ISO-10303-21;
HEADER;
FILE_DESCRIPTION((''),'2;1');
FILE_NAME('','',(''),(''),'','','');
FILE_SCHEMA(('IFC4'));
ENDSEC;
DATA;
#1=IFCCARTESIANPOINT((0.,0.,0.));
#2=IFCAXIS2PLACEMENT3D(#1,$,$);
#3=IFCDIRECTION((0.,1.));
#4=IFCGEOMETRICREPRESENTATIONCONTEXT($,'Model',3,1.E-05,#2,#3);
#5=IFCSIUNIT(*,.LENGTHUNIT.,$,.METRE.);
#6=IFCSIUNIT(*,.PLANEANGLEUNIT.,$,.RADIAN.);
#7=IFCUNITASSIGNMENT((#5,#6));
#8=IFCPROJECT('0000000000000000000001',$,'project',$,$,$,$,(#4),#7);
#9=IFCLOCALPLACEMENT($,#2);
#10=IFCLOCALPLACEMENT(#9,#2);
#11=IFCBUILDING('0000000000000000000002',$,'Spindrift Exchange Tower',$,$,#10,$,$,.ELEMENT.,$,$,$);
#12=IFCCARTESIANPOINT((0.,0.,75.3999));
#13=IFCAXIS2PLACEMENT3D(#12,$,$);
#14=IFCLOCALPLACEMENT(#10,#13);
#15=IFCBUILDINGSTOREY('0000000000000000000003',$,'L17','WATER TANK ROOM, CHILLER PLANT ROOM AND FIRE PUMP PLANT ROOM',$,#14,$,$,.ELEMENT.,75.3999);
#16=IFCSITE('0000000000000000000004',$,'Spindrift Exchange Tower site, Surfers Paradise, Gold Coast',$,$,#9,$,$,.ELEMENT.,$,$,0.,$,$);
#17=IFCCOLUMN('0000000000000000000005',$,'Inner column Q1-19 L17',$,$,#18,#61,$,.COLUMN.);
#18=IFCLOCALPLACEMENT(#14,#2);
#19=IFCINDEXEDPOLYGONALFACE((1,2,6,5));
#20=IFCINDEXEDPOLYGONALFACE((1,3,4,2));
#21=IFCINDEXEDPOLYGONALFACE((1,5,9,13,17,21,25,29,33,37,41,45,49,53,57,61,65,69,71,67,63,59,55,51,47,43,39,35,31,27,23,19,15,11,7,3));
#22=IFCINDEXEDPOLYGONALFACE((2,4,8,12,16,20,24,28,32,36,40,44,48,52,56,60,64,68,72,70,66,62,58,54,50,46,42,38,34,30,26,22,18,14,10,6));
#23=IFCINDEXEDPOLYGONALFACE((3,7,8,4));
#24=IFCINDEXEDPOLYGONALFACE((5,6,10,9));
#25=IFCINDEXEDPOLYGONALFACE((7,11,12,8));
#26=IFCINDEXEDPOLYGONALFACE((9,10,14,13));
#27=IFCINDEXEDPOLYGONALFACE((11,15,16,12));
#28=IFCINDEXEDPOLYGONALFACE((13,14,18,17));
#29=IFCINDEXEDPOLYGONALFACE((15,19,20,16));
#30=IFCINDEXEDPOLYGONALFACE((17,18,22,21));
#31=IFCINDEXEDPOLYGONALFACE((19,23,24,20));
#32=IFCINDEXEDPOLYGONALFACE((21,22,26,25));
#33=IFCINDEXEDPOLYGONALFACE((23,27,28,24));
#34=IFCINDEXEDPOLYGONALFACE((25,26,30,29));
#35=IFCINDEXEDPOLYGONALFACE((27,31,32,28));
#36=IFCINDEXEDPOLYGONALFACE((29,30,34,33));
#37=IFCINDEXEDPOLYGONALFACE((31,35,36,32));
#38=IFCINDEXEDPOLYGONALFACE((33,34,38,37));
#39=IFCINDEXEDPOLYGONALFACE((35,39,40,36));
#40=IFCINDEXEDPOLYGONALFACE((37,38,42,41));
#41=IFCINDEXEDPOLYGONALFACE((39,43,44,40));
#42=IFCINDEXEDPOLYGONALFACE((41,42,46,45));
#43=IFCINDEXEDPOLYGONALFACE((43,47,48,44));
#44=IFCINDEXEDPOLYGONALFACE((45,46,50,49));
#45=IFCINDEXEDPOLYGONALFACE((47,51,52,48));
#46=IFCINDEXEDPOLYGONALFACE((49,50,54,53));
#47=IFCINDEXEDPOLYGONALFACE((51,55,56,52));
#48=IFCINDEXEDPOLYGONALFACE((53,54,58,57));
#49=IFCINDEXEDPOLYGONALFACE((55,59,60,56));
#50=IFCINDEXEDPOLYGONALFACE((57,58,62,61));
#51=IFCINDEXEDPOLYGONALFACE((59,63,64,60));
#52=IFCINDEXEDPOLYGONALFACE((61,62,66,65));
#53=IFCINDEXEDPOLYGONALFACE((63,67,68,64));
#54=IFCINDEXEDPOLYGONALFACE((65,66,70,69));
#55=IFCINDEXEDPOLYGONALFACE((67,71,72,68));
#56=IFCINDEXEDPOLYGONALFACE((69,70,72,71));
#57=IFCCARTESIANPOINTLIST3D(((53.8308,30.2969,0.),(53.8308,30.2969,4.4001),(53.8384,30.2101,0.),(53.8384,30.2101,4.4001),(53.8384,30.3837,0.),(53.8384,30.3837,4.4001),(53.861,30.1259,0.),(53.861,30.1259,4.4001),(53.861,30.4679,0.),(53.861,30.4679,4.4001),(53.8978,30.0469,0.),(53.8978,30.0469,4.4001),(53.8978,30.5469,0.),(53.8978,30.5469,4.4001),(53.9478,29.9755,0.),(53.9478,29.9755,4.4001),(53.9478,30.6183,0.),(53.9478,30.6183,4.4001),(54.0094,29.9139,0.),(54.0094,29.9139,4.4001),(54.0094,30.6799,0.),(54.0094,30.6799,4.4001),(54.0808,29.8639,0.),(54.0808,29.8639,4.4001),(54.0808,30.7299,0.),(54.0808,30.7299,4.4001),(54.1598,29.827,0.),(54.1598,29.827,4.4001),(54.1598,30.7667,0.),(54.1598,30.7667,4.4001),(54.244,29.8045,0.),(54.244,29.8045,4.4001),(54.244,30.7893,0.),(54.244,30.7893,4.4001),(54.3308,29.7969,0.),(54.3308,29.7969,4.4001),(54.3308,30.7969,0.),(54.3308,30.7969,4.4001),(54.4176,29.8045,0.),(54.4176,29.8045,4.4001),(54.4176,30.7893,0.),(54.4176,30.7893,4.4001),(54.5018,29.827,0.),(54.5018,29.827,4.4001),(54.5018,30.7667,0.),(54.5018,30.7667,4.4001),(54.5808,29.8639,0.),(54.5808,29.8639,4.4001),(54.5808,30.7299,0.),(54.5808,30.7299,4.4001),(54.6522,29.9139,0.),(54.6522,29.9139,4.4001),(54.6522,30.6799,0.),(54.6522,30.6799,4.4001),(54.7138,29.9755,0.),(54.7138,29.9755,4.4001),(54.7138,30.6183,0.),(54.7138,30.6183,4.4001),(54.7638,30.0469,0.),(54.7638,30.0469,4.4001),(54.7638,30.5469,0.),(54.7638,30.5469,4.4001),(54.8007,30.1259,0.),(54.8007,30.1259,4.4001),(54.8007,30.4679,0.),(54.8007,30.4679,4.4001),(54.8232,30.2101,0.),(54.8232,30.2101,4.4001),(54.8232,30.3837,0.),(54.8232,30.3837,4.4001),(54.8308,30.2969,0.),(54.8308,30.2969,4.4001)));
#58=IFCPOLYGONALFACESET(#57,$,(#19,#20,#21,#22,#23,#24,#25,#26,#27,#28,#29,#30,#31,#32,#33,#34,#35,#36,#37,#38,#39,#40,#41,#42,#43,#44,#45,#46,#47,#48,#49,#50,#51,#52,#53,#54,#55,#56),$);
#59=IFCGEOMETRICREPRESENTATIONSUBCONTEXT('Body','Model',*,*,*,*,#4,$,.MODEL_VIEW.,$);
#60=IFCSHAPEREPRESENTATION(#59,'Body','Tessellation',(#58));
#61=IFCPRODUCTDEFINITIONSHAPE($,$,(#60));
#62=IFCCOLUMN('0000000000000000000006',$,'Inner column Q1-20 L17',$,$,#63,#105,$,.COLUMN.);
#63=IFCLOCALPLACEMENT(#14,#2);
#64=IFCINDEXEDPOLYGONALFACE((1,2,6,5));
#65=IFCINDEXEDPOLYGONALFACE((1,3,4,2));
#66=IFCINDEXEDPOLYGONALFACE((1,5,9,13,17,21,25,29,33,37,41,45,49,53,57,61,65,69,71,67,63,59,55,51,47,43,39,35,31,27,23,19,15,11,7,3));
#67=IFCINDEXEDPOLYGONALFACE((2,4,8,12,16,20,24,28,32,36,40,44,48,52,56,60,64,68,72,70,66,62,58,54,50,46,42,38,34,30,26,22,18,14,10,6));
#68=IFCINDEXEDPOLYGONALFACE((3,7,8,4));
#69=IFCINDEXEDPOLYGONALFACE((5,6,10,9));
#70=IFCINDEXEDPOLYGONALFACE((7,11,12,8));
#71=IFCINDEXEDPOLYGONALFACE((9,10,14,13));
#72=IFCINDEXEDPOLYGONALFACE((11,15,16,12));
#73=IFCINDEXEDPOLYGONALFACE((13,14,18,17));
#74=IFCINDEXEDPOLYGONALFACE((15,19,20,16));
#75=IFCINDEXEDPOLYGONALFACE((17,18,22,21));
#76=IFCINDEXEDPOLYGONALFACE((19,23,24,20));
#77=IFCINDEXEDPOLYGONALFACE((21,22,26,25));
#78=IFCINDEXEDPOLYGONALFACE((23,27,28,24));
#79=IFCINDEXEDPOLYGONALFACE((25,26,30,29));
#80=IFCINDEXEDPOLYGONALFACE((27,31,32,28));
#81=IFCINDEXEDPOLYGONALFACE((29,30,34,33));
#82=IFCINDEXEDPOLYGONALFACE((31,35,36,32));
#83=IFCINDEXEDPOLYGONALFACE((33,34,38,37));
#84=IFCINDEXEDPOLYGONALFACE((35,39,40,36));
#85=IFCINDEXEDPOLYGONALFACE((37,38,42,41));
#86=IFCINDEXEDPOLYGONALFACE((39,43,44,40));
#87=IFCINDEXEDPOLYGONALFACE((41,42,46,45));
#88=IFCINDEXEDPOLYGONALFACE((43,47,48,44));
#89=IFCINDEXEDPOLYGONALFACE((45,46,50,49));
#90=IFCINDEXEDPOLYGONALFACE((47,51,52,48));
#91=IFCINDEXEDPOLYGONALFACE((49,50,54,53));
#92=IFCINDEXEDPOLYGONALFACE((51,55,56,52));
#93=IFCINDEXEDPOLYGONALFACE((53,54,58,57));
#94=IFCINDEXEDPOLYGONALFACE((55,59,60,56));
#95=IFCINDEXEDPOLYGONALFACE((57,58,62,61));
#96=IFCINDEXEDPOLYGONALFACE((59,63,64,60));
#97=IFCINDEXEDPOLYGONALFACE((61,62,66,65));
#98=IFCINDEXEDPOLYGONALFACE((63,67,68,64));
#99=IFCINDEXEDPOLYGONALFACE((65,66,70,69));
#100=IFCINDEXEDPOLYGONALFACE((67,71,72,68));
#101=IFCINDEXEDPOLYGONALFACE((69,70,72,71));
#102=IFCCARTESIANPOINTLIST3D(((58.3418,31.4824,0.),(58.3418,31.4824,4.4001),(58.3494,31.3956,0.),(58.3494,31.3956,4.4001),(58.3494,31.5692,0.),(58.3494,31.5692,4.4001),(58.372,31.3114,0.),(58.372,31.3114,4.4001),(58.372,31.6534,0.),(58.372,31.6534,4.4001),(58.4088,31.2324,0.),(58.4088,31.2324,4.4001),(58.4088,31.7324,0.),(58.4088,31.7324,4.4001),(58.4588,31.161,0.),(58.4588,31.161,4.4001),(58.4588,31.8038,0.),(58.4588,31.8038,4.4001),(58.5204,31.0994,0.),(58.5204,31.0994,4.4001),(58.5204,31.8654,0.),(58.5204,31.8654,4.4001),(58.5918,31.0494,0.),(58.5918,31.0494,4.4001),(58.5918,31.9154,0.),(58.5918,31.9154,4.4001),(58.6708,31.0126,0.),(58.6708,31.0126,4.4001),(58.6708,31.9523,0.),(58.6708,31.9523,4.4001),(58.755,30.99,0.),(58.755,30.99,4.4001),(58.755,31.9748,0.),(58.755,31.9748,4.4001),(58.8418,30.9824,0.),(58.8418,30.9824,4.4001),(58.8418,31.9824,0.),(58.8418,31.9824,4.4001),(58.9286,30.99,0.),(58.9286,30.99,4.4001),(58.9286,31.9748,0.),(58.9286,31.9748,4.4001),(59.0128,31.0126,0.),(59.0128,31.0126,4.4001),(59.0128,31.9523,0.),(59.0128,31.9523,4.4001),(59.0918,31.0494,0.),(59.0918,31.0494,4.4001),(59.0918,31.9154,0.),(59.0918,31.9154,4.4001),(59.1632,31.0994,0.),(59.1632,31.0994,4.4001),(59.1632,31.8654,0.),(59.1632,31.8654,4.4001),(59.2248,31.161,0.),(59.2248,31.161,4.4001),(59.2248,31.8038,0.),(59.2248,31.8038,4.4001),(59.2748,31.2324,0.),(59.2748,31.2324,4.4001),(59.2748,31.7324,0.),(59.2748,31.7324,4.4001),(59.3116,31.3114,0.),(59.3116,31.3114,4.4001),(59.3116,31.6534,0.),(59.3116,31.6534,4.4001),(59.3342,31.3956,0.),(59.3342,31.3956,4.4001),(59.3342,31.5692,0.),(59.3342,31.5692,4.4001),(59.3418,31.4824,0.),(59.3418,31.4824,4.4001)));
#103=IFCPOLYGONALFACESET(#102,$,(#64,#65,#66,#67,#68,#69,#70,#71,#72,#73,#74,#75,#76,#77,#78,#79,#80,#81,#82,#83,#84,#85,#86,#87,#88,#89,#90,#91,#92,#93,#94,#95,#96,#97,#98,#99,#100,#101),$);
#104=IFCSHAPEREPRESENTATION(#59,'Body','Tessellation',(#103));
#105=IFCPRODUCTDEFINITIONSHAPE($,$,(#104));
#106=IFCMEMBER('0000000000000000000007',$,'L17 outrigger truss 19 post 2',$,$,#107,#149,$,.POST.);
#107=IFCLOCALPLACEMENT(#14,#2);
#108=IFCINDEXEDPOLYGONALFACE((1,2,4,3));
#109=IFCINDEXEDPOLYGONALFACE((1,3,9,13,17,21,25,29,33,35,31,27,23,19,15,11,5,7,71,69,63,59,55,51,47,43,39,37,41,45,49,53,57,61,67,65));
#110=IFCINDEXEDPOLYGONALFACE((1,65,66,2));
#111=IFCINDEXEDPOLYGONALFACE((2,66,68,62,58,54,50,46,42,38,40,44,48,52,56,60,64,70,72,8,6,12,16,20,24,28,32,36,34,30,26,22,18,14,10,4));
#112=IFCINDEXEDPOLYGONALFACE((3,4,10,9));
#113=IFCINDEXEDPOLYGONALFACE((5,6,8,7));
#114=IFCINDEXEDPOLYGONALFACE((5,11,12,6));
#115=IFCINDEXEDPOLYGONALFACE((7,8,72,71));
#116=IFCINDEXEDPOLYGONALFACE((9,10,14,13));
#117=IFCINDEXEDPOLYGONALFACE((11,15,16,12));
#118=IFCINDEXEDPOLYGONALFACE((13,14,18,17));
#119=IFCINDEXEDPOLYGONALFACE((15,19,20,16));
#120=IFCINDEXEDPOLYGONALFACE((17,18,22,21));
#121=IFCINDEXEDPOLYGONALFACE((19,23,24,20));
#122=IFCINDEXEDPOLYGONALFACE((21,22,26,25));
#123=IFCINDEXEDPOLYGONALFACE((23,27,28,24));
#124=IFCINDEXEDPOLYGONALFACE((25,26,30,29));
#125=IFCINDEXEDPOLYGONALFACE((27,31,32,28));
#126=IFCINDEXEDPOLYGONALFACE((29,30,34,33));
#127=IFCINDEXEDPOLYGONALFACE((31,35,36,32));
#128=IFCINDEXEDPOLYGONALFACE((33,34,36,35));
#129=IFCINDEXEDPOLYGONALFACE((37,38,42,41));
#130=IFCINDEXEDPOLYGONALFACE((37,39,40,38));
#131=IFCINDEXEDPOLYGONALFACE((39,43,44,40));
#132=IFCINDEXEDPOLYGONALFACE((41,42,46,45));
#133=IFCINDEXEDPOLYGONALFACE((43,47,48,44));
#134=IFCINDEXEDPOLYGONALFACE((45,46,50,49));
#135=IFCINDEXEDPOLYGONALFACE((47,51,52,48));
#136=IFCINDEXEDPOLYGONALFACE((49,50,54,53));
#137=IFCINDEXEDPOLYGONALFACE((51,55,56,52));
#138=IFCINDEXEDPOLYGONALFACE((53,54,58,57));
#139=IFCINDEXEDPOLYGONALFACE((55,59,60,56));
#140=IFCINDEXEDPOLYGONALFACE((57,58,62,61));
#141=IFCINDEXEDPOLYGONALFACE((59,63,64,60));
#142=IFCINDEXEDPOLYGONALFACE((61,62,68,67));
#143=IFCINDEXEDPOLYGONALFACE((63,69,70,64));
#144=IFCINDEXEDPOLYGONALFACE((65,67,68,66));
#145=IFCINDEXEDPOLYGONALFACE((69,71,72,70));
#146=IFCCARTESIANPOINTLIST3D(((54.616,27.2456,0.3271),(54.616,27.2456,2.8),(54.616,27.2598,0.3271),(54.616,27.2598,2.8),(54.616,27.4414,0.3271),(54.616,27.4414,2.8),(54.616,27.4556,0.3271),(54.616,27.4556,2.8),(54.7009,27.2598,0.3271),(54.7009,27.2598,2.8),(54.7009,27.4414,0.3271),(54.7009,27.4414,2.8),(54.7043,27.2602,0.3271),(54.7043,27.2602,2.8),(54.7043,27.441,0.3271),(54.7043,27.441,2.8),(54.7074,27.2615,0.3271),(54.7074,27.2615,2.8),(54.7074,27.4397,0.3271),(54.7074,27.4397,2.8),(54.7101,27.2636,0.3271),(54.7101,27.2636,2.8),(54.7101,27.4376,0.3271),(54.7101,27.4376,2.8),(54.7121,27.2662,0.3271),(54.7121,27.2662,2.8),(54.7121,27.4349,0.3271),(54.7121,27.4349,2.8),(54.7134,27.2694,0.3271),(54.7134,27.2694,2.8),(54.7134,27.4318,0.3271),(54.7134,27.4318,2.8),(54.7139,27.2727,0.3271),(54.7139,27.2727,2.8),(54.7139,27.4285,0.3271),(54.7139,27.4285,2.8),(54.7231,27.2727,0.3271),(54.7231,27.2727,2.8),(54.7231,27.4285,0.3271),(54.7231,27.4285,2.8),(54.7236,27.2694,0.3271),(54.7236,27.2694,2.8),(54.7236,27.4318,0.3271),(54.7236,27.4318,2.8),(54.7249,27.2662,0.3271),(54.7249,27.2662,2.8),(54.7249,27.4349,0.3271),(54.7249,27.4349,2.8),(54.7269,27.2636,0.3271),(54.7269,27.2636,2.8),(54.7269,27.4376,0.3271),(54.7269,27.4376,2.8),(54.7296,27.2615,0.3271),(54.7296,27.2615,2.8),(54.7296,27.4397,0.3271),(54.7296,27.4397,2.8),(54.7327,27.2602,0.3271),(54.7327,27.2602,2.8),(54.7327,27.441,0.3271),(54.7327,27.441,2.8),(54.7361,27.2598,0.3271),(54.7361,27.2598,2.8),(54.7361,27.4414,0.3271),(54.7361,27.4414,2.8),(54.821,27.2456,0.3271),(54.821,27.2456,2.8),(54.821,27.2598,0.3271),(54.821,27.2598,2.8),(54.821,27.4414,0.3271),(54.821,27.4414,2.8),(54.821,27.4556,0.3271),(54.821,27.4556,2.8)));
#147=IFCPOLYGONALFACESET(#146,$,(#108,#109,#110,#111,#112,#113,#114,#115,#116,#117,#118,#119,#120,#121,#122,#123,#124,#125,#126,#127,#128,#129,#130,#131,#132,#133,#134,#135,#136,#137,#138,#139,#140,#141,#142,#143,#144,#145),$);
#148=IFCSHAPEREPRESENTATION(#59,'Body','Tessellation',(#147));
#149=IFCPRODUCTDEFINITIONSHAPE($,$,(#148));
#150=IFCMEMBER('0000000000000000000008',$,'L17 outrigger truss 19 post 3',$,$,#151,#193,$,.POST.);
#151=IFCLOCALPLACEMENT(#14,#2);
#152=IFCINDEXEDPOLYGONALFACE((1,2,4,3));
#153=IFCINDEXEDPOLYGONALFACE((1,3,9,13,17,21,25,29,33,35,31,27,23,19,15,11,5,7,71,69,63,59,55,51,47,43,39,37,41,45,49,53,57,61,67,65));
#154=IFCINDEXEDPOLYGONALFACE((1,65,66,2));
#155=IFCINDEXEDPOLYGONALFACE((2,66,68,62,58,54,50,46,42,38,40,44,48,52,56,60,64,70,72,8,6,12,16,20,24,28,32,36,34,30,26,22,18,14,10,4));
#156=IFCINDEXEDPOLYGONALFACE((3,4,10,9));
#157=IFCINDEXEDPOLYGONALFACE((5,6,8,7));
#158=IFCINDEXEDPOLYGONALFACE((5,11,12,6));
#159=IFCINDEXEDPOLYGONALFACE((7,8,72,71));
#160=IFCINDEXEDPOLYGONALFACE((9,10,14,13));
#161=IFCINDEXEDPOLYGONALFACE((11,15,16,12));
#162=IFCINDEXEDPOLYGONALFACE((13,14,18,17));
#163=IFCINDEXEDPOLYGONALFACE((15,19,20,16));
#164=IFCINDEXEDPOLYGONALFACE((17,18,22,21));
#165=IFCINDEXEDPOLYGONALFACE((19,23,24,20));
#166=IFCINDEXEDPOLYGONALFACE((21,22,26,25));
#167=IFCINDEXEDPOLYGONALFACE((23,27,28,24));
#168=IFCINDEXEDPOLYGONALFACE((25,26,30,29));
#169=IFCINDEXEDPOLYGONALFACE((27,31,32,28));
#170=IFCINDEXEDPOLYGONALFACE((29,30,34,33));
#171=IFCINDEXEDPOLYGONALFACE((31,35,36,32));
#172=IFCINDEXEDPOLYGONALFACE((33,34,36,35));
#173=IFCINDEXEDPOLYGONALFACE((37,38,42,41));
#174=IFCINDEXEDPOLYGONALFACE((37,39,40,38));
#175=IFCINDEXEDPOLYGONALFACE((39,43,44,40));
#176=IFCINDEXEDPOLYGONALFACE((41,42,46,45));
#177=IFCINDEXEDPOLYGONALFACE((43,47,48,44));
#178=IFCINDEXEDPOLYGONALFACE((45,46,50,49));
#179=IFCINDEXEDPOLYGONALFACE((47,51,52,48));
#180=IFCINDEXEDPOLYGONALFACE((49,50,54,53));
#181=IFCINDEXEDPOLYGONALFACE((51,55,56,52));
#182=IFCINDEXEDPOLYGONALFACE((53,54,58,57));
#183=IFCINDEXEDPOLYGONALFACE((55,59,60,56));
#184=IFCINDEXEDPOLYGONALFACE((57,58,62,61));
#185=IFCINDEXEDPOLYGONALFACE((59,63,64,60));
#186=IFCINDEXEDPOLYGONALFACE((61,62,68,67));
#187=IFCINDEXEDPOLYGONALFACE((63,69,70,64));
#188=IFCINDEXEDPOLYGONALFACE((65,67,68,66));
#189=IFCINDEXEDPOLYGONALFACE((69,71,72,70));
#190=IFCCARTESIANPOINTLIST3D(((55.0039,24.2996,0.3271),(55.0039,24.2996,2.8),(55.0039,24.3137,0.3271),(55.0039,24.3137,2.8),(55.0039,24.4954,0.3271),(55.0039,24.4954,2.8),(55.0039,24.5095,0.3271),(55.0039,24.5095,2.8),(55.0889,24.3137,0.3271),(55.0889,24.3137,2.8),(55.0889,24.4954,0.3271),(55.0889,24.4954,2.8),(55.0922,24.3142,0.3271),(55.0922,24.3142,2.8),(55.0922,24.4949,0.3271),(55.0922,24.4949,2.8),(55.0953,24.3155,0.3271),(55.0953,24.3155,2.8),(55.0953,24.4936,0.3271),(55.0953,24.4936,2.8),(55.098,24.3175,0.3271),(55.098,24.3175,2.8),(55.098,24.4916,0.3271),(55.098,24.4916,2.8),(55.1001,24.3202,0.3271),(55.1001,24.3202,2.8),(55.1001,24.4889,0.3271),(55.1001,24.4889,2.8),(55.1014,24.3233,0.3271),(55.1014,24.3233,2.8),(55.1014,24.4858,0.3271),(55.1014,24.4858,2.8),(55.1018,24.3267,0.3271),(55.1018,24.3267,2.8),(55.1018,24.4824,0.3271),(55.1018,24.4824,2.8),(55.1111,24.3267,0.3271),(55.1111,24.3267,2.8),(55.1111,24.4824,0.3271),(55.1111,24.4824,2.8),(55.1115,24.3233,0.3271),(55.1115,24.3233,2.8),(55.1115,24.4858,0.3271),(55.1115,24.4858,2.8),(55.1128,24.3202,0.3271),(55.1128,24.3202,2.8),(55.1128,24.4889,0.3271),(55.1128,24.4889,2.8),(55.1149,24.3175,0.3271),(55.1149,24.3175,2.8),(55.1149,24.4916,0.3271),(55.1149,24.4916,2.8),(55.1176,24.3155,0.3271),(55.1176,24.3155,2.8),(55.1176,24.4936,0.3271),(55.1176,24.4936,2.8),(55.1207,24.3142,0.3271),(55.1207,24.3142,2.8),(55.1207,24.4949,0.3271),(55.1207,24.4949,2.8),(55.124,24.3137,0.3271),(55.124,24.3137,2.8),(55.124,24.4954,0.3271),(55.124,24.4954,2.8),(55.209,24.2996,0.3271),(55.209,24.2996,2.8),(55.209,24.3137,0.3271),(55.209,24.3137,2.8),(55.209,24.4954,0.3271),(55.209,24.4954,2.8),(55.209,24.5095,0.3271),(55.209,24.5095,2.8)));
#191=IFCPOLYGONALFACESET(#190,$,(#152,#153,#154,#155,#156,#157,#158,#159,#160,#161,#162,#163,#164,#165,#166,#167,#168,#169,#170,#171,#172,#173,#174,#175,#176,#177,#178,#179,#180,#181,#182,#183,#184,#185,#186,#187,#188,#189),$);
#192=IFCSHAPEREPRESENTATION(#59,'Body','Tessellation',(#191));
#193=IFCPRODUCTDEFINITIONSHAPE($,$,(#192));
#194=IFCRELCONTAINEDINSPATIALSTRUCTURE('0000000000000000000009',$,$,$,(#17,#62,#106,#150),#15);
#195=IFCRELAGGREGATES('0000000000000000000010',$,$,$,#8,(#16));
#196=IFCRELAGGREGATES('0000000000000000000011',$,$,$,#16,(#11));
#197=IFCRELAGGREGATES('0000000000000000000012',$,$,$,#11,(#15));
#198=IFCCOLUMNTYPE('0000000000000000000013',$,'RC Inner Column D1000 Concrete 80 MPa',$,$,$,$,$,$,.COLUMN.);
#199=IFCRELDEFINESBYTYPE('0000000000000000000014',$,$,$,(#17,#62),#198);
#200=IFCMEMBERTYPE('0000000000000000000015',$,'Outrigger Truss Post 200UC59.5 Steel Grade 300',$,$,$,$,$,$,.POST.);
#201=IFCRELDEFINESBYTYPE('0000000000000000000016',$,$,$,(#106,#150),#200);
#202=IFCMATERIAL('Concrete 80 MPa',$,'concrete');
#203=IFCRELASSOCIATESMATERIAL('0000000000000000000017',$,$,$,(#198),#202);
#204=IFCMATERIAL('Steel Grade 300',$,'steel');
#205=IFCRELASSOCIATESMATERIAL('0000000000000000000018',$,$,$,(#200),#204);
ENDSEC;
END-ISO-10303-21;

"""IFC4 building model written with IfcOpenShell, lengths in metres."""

from ifc_helpers import new_model, si_unit, direction, frame, origin, origin_2d, place, context, subcontext, project, spatial, circle, i_section, extrude, source, transform, mapped, material, material_profile, profile_set, type_object, element, save


model = new_model("IFC4")

# Units and contexts
model_context = context("Model", 3, precision=1e-05, world=origin(), true_north=direction((0.0, 1.0)))
body_context = subcontext(model_context, "Body", "Model", "MODEL_VIEW")
ifc_project = project(units=[si_unit("LENGTHUNIT", "METRE"), si_unit("PLANEANGLEUNIT", "RADIAN")], contexts=[model_context])

# Site, building, storey
site_placement = place(None, origin())
site = spatial("IfcSite", under=ifc_project, at=site_placement, Name="Spindrift Exchange Tower site, Surfers Paradise, Gold Coast", CompositionType="ELEMENT", RefElevation=0.0)
building_placement = place(site_placement, origin())
building = spatial("IfcBuilding", under=site, at=building_placement, Name="Spindrift Exchange Tower", CompositionType="ELEMENT")
storey_placement = place(building_placement, frame((0.0, 0.0, 75.3999)))
storey = spatial("IfcBuildingStorey", under=building, at=storey_placement, Name="L17", Description="WATER TANK ROOM, CHILLER PLANT ROOM AND FIRE PUMP PLANT ROOM", CompositionType="ELEMENT", Elevation=75.3999)

# Columns
ifc_material_1 = material(Name="Concrete 80 MPa", Category="concrete")
ifc_material_profile_1 = material_profile(ifc_material_1, circle(Radius=0.5, at=origin_2d()), Name="RC D1000")
ifc_profile_set_1 = profile_set([ifc_material_profile_1], Name="Concrete 80 MPa")
column_type = type_object("IfcColumnType", Name="RC Inner Column D1000 Concrete 80 MPa", PredefinedType="COLUMN", material=ifc_profile_set_1)
shared_shape_1 = source(origin(), body_context, "Body", "SweptSolid", [
    extrude(circle(Radius=0.5, at=origin_2d()), origin(), (0.0, 0.0, 1.0), 4.4001),
])
for number, where, z_axis, x_axis, name in (
    (1, (54.3308, 30.2969, 0.0), (0.0, 0.0, 1.0), (1.0, 0.0, 0.0), "Inner column Q1-19 L17"),
    (2, (58.8418, 31.4824, 0.0), (0.0, 0.0, 1.0), (1.0, 0.0, 0.0), "Inner column Q1-20 L17"),
):
    element("IfcColumn", number, at=place(storey_placement, frame(where, z_axis=z_axis, x_axis=x_axis)), inside=storey, type_object=column_type, Name=name, PredefinedType="COLUMN", context=body_context, shape_type="MappedRepresentation", body=[
        mapped(shared_shape_1, transform((0.0, 0.0, 0.0), scale=1.0)),
    ])

# Members
ifc_material_2 = material(Name="Steel Grade 300", Category="steel")
ifc_material_profile_2 = material_profile(ifc_material_2, i_section(OverallWidth=0.2051, OverallDepth=0.21, WebThickness=0.0093, FlangeThickness=0.0142, FilletRadius=0.0129, at=origin_2d()), Name="200UC59.5")
ifc_profile_set_2 = profile_set([ifc_material_profile_2], Name="Steel Grade 300")
member_type_1 = type_object("IfcMemberType", Name="Outrigger Truss Post 200UC59.5 Steel Grade 300", PredefinedType="POST", material=ifc_profile_set_2)
shared_shape_2 = source(origin(), body_context, "Body", "SweptSolid", [
    extrude(i_section(OverallWidth=0.2051, OverallDepth=0.21, WebThickness=0.0093, FlangeThickness=0.0142, FilletRadius=0.0129, at=origin_2d()), origin(), (0.0, 0.0, 1.0), 2.4729),
])
for number, where, z_axis, x_axis, name in (
    (3, (54.7185, 27.3506, 0.3271), (0.0, 0.0, 1.0), (1.0, 0.0, 0.0), "L17 outrigger truss 19 post 2"),
    (4, (55.1064, 24.4045, 0.3271), (0.0, 0.0, 1.0), (1.0, 0.0, 0.0), "L17 outrigger truss 19 post 3"),
):
    element("IfcMember", number, at=place(storey_placement, frame(where, z_axis=z_axis, x_axis=x_axis)), inside=storey, type_object=member_type_1, Name=name, PredefinedType="POST", context=body_context, shape_type="MappedRepresentation", body=[
        mapped(shared_shape_2, transform((0.0, 0.0, 0.0), scale=1.0)),
    ])

save(model, "model.ifc")
